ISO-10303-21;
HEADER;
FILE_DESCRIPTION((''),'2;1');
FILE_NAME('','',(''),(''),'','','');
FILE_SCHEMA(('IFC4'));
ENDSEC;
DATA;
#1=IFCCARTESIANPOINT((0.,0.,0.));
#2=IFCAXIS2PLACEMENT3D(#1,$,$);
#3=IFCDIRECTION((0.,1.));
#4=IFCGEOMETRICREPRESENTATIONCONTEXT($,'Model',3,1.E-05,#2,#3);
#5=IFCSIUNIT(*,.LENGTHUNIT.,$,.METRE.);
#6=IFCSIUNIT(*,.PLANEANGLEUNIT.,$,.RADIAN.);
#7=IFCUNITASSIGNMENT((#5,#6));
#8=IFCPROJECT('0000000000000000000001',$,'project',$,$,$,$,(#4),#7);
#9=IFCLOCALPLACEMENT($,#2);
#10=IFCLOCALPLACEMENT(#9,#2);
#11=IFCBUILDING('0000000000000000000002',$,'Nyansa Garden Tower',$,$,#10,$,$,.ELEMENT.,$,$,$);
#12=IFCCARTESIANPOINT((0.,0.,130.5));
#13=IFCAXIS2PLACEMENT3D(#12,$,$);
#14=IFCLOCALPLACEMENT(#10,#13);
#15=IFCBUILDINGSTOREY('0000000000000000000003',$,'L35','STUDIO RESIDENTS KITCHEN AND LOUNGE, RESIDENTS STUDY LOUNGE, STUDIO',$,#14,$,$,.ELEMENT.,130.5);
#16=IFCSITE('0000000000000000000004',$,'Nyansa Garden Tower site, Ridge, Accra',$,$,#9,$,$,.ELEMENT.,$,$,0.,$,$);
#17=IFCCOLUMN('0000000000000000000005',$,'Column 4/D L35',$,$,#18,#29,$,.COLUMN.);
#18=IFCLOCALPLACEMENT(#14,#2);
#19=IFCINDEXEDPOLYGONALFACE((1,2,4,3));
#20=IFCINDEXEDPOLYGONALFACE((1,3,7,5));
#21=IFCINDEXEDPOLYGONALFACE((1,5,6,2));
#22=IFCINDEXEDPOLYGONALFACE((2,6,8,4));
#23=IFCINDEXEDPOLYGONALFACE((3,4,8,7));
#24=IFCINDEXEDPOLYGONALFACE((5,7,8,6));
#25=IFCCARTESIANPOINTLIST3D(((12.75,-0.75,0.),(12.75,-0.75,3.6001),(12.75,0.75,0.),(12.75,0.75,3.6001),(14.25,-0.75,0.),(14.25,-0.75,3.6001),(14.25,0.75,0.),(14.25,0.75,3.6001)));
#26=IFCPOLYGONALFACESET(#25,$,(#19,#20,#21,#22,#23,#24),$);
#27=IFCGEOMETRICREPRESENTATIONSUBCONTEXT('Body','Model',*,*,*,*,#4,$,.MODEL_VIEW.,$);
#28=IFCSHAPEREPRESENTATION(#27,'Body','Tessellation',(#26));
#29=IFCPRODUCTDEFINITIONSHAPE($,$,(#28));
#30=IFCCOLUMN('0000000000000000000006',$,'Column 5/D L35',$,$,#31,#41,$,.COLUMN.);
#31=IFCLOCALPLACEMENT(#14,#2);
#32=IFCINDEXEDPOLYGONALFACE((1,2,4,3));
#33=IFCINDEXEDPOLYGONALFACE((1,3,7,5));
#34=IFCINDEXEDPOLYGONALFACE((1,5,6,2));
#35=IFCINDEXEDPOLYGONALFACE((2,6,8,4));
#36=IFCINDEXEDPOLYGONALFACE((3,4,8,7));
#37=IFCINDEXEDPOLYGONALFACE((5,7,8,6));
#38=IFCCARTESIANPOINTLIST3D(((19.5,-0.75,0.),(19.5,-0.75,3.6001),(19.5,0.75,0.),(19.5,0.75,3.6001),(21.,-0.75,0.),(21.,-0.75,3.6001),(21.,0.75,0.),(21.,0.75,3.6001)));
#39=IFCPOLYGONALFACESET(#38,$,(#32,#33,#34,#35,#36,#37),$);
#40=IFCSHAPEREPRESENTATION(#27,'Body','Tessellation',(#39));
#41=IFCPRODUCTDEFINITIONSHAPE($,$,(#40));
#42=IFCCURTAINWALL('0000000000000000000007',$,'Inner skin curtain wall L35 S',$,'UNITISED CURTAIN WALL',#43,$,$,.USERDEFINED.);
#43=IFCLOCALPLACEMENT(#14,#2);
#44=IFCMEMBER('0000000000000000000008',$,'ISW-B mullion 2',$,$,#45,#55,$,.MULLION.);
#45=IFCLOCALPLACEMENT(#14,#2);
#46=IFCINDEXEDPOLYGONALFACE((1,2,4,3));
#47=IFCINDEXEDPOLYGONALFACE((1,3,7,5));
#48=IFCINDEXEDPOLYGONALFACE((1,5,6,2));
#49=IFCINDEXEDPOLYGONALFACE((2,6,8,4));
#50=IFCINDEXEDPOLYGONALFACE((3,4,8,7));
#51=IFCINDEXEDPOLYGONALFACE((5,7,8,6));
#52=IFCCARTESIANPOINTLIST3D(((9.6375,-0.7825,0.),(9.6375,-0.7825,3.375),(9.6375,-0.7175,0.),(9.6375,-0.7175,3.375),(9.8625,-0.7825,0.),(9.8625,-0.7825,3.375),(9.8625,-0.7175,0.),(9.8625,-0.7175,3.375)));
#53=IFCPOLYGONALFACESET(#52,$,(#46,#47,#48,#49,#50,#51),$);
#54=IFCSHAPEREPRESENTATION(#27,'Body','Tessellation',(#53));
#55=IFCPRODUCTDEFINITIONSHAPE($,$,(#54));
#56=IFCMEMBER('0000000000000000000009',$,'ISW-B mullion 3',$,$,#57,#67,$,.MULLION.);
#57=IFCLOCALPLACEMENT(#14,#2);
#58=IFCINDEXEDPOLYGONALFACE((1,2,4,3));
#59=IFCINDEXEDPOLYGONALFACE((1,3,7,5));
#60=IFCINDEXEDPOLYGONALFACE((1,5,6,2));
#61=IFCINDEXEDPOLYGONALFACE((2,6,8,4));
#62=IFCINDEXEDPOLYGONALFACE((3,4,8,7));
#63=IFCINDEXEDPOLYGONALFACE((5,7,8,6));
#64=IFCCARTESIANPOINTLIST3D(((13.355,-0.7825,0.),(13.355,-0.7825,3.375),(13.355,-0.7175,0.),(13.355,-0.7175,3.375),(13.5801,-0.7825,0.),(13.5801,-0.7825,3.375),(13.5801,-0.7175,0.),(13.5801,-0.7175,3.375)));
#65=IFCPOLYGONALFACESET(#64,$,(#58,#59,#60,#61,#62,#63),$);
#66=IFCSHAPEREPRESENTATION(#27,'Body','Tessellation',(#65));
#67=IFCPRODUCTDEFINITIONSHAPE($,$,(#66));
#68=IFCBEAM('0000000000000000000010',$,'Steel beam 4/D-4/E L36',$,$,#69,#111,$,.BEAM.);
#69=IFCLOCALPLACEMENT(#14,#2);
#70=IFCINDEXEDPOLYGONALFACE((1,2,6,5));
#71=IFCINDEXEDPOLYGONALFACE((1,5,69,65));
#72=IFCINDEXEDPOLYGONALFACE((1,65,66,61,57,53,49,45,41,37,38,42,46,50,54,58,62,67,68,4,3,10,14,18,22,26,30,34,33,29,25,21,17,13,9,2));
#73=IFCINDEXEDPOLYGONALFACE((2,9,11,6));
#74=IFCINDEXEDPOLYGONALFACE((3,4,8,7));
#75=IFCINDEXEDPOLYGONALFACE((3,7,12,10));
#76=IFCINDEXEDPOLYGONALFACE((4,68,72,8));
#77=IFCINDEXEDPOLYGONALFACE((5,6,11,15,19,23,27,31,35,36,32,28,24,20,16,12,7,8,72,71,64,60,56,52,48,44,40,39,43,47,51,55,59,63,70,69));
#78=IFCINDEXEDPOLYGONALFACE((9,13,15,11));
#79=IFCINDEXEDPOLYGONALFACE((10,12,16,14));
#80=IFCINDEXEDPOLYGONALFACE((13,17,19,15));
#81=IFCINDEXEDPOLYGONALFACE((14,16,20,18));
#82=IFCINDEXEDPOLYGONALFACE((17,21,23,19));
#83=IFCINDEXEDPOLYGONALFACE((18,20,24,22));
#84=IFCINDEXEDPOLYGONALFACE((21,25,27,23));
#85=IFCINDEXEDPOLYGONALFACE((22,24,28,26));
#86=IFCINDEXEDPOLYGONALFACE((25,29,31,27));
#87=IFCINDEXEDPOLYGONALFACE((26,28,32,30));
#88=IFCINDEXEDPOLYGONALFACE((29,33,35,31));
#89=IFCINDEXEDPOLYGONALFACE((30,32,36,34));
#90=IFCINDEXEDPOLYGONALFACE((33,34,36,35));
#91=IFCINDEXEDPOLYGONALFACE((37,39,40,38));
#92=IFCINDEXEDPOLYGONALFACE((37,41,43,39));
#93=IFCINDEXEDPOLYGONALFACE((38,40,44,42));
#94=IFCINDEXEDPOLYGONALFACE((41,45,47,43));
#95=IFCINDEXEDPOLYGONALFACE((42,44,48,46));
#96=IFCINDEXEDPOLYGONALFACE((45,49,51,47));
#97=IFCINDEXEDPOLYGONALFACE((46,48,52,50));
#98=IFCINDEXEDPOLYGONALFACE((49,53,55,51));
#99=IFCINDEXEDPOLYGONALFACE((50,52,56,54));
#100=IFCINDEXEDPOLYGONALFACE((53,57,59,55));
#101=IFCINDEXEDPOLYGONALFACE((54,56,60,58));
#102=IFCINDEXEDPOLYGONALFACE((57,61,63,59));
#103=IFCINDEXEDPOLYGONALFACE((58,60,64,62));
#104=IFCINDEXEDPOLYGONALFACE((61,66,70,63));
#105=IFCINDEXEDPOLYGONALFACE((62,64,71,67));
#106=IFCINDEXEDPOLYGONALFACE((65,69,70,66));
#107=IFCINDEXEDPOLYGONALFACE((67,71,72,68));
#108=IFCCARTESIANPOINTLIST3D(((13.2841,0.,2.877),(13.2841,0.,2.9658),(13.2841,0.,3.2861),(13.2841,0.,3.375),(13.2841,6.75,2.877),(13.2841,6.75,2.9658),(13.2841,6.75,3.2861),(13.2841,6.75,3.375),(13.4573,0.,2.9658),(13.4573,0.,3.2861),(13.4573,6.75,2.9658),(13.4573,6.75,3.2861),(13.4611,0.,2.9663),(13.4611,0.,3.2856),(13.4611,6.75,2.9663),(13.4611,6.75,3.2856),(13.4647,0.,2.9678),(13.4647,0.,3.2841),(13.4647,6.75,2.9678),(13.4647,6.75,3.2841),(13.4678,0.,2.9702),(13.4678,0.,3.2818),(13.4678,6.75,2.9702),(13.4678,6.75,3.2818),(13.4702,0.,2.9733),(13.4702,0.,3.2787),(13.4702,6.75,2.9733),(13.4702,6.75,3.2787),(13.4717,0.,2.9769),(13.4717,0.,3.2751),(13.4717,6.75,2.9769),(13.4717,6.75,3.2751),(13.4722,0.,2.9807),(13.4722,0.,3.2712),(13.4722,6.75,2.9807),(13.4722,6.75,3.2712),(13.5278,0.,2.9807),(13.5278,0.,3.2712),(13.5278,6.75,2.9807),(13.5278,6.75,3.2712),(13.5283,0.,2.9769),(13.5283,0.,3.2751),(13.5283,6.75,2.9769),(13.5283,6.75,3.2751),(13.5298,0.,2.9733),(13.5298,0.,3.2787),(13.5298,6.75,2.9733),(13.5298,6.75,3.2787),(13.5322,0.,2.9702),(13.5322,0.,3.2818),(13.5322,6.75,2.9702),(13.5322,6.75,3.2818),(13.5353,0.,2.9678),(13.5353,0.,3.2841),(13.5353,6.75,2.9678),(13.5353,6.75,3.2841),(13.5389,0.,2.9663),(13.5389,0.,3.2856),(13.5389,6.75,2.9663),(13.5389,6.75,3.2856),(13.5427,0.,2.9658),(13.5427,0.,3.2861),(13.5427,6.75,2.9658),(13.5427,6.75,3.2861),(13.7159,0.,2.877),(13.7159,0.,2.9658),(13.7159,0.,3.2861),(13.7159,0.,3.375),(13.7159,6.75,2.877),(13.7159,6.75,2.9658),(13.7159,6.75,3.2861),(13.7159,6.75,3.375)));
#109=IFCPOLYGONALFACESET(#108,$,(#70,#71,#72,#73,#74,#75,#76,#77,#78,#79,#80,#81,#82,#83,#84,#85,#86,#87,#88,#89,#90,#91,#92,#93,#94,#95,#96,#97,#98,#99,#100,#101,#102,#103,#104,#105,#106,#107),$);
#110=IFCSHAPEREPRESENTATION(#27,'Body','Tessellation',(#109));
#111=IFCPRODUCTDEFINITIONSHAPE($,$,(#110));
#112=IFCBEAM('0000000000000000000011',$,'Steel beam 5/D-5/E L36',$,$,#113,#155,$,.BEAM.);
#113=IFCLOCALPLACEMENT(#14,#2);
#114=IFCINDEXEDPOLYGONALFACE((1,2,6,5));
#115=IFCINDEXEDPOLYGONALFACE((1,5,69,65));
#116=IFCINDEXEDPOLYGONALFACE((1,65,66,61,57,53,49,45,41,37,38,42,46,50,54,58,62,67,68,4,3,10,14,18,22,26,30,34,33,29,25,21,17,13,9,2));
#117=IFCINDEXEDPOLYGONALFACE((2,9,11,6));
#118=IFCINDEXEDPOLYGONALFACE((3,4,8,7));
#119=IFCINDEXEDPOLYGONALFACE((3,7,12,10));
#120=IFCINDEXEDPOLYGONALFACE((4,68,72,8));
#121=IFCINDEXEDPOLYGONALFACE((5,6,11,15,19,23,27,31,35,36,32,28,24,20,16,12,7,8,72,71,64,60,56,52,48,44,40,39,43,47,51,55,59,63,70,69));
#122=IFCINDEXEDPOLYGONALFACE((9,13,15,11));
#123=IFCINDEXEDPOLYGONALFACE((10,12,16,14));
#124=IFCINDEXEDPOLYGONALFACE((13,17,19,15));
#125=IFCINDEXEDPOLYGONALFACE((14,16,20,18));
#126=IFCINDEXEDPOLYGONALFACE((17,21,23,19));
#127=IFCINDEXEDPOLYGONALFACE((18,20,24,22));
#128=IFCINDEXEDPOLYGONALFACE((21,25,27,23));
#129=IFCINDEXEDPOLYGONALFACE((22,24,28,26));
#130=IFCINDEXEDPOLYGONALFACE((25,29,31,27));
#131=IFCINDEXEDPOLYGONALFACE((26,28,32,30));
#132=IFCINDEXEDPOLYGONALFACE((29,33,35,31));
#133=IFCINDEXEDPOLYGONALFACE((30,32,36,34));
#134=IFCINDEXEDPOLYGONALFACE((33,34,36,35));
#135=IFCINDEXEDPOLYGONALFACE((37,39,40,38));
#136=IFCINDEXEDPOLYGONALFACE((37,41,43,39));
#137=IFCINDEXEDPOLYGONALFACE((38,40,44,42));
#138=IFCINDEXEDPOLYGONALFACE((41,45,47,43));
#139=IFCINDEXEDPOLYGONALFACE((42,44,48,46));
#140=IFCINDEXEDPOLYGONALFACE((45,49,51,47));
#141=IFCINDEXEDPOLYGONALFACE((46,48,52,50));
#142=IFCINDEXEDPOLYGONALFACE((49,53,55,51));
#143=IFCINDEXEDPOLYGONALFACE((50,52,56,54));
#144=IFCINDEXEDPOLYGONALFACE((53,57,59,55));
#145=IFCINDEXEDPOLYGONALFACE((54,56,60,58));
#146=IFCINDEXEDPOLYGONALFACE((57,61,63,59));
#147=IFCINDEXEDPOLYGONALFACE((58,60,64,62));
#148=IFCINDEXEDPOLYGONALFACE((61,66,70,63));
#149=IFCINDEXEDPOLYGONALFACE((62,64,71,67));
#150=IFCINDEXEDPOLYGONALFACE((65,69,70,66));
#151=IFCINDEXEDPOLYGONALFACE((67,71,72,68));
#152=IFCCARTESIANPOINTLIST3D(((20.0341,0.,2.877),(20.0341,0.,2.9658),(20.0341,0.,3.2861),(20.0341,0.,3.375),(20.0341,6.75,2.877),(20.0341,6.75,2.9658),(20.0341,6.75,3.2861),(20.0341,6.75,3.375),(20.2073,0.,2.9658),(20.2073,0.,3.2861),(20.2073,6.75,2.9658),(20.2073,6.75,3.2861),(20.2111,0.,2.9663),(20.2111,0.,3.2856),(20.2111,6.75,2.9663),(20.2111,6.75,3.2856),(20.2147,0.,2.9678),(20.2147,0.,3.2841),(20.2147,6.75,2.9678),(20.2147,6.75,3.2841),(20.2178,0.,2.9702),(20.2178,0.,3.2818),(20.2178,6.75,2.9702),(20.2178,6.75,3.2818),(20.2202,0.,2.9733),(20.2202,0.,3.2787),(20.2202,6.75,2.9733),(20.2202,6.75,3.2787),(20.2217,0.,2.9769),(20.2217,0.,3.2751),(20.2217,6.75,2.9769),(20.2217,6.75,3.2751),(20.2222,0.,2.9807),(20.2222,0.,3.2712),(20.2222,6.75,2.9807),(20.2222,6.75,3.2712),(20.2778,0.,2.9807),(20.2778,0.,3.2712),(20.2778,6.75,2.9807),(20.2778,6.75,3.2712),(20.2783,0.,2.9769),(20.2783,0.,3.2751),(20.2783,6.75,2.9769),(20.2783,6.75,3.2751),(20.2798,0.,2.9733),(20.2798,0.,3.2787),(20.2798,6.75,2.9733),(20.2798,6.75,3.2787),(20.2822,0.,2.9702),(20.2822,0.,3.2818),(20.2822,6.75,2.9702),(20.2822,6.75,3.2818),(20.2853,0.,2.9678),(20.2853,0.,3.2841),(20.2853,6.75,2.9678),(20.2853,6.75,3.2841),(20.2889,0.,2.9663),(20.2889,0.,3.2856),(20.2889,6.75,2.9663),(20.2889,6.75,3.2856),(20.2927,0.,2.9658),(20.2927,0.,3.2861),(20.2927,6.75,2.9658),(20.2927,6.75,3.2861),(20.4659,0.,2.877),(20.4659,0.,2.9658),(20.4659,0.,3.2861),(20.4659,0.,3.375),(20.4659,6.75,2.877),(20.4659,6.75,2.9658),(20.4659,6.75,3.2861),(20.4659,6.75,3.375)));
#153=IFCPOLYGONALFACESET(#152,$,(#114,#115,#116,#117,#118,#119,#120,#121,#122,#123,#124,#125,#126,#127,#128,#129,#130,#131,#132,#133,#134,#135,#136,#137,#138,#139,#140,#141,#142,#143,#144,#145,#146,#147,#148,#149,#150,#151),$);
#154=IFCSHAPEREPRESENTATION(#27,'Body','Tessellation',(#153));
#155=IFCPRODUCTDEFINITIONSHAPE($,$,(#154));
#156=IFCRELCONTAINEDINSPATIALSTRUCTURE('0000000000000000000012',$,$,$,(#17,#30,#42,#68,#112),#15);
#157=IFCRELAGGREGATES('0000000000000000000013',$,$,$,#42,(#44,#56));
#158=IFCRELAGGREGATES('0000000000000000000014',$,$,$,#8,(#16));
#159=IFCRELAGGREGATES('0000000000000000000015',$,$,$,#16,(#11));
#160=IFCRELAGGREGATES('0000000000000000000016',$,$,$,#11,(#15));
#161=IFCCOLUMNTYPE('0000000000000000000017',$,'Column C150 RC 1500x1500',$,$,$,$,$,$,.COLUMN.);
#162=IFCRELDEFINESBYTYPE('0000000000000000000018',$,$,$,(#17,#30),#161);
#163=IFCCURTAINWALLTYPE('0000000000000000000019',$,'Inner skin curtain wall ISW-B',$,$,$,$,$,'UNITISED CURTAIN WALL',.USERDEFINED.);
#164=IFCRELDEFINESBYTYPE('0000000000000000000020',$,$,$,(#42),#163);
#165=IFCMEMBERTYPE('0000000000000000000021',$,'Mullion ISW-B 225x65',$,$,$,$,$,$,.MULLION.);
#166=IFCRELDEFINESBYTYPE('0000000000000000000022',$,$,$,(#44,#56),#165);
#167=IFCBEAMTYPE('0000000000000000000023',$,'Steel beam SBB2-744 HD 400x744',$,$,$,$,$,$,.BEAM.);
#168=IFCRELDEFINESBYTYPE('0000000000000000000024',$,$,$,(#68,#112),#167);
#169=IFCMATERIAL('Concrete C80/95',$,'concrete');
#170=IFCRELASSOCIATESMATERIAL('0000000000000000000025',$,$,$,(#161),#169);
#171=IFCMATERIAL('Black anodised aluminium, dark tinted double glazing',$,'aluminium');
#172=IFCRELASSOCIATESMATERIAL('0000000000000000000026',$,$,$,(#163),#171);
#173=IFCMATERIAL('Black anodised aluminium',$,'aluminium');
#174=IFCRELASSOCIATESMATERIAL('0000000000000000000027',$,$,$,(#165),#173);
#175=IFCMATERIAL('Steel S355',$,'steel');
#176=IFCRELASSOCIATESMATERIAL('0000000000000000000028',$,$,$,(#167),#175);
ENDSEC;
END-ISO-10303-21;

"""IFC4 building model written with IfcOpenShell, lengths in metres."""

from ifc_helpers import new_model, si_unit, direction, frame, origin, origin_2d, place, context, subcontext, project, spatial, rectangle, i_section, extrude, material, material_profile, profile_set, type_object, element, aggregate, save


model = new_model("IFC4")

# Units and contexts
model_context = context("Model", 3, precision=1e-05, world=origin(), true_north=direction((0.0, 1.0)))
body_context = subcontext(model_context, "Body", "Model", "MODEL_VIEW")
ifc_project = project(units=[si_unit("LENGTHUNIT", "METRE"), si_unit("PLANEANGLEUNIT", "RADIAN")], contexts=[model_context])

# Site, building, storey
site_placement = place(None, origin())
site = spatial("IfcSite", under=ifc_project, at=site_placement, Name="Nyansa Garden Tower site, Ridge, Accra", CompositionType="ELEMENT", RefElevation=0.0)
building_placement = place(site_placement, origin())
building = spatial("IfcBuilding", under=site, at=building_placement, Name="Nyansa Garden Tower", CompositionType="ELEMENT")
storey_placement = place(building_placement, frame((0.0, 0.0, 130.5)))
storey = spatial("IfcBuildingStorey", under=building, at=storey_placement, Name="L35", Description="STUDIO RESIDENTS KITCHEN AND LOUNGE, RESIDENTS STUDY LOUNGE, STUDIO", CompositionType="ELEMENT", Elevation=130.5)

# Columns
ifc_material_1 = material(Name="Concrete C80/95", Category="concrete")
ifc_material_profile_1 = material_profile(ifc_material_1, rectangle(XDim=1.5, YDim=1.5, at=origin_2d()), Name="RC 1500x1500")
ifc_profile_set_1 = profile_set([ifc_material_profile_1], Name="Concrete C80/95")
column_type = type_object("IfcColumnType", Name="Column C150 RC 1500x1500", PredefinedType="COLUMN", material=ifc_profile_set_1)
for number, where, z_axis, x_axis, name in (
    (1, (13.5, 0.0, 0.0), (0.0, 0.0, 1.0), (1.0, 0.0, 0.0), "Column 4/D L35"),
    (2, (20.25, 0.0, 0.0), (0.0, 0.0, 1.0), (1.0, 0.0, 0.0), "Column 5/D L35"),
):
    element("IfcColumn", number, at=place(storey_placement, frame(where, z_axis=z_axis, x_axis=x_axis)), inside=storey, type_object=column_type, Name=name, PredefinedType="COLUMN", context=body_context, shape_type="SweptSolid", body=[
        extrude(rectangle(XDim=1.5, YDim=1.5, at=origin_2d()), origin(), (0.0, 0.0, 1.0), 3.6001),
    ])

# Curtain wall, members
ifc_material_2 = material(Name="Black anodised aluminium, dark tinted double glazing", Category="aluminium")
curtain_wall_type = type_object("IfcCurtainWallType", Name="Inner skin curtain wall ISW-B", ElementType="UNITISED CURTAIN WALL", PredefinedType="USERDEFINED", material=ifc_material_2)
curtain_wall_placement = place(storey_placement, origin())
curtain_wall = element("IfcCurtainWall", 3, at=curtain_wall_placement, inside=storey, type_object=curtain_wall_type, Name="Inner skin curtain wall L35 S", ObjectType="UNITISED CURTAIN WALL", PredefinedType="USERDEFINED")
ifc_material_3 = material(Name="Black anodised aluminium", Category="aluminium")
ifc_material_profile_2 = material_profile(ifc_material_3, rectangle(XDim=0.0649, YDim=0.2251, at=origin_2d()), Name="Mullion 225x65")
ifc_profile_set_2 = profile_set([ifc_material_profile_2], Name="Black anodised aluminium")
member_type_1 = type_object("IfcMemberType", Name="Mullion ISW-B 225x65", PredefinedType="MULLION", material=ifc_profile_set_2)
member_1_placement = place(storey_placement, frame((9.75, -0.75, 0.0), z_axis=(0.0, 0.0, 1.0), x_axis=(0.0, 1.0, 0.0)))
member_1 = element("IfcMember", 4, at=member_1_placement, type_object=member_type_1, Name="ISW-B mullion 2", PredefinedType="MULLION", context=body_context, shape_type="SweptSolid", body=[
    extrude(rectangle(XDim=0.0649, YDim=0.2251, at=origin_2d()), origin(), (0.0, 0.0, 1.0), 3.375),
])
member_2_placement = place(storey_placement, frame((13.4675, -0.75, 0.0), z_axis=(0.0, 0.0, 1.0), x_axis=(0.0, 1.0, 0.0)))
member_2 = element("IfcMember", 5, at=member_2_placement, type_object=member_type_1, Name="ISW-B mullion 3", PredefinedType="MULLION", context=body_context, shape_type="SweptSolid", body=[
    extrude(rectangle(XDim=0.0649, YDim=0.2251, at=origin_2d()), origin(), (0.0, 0.0, 1.0), 3.375),
])

# Beams
ifc_material_4 = material(Name="Steel S355", Category="steel")
ifc_material_profile_3 = material_profile(ifc_material_4, i_section(OverallWidth=0.4319, OverallDepth=0.498, WebThickness=0.0557, FlangeThickness=0.0889, FilletRadius=0.0149, at=origin_2d()), Name="HD 400x744")
ifc_profile_set_3 = profile_set([ifc_material_profile_3], Name="Steel S355")
beam_type_1 = type_object("IfcBeamType", Name="Steel beam SBB2-744 HD 400x744", PredefinedType="BEAM", material=ifc_profile_set_3)
for number, where, z_axis, x_axis, name in (
    (6, (13.5, 0.0, 3.126), (0.0, 1.0, 0.0), (-1.0, 0.0, 0.0), "Steel beam 4/D-4/E L36"),
    (7, (20.25, 0.0, 3.126), (0.0, 1.0, 0.0), (-1.0, 0.0, 0.0), "Steel beam 5/D-5/E L36"),
):
    element("IfcBeam", number, at=place(storey_placement, frame(where, z_axis=z_axis, x_axis=x_axis)), inside=storey, type_object=beam_type_1, Name=name, PredefinedType="BEAM", context=body_context, shape_type="SweptSolid", body=[
        extrude(i_section(OverallWidth=0.4319, OverallDepth=0.498, WebThickness=0.0557, FlangeThickness=0.0889, FilletRadius=0.0149, at=origin_2d()), origin(), (0.0, 0.0, 1.0), 6.75),
    ])

aggregate(curtain_wall, [member_1, member_2])

save(model, "model.ifc")
